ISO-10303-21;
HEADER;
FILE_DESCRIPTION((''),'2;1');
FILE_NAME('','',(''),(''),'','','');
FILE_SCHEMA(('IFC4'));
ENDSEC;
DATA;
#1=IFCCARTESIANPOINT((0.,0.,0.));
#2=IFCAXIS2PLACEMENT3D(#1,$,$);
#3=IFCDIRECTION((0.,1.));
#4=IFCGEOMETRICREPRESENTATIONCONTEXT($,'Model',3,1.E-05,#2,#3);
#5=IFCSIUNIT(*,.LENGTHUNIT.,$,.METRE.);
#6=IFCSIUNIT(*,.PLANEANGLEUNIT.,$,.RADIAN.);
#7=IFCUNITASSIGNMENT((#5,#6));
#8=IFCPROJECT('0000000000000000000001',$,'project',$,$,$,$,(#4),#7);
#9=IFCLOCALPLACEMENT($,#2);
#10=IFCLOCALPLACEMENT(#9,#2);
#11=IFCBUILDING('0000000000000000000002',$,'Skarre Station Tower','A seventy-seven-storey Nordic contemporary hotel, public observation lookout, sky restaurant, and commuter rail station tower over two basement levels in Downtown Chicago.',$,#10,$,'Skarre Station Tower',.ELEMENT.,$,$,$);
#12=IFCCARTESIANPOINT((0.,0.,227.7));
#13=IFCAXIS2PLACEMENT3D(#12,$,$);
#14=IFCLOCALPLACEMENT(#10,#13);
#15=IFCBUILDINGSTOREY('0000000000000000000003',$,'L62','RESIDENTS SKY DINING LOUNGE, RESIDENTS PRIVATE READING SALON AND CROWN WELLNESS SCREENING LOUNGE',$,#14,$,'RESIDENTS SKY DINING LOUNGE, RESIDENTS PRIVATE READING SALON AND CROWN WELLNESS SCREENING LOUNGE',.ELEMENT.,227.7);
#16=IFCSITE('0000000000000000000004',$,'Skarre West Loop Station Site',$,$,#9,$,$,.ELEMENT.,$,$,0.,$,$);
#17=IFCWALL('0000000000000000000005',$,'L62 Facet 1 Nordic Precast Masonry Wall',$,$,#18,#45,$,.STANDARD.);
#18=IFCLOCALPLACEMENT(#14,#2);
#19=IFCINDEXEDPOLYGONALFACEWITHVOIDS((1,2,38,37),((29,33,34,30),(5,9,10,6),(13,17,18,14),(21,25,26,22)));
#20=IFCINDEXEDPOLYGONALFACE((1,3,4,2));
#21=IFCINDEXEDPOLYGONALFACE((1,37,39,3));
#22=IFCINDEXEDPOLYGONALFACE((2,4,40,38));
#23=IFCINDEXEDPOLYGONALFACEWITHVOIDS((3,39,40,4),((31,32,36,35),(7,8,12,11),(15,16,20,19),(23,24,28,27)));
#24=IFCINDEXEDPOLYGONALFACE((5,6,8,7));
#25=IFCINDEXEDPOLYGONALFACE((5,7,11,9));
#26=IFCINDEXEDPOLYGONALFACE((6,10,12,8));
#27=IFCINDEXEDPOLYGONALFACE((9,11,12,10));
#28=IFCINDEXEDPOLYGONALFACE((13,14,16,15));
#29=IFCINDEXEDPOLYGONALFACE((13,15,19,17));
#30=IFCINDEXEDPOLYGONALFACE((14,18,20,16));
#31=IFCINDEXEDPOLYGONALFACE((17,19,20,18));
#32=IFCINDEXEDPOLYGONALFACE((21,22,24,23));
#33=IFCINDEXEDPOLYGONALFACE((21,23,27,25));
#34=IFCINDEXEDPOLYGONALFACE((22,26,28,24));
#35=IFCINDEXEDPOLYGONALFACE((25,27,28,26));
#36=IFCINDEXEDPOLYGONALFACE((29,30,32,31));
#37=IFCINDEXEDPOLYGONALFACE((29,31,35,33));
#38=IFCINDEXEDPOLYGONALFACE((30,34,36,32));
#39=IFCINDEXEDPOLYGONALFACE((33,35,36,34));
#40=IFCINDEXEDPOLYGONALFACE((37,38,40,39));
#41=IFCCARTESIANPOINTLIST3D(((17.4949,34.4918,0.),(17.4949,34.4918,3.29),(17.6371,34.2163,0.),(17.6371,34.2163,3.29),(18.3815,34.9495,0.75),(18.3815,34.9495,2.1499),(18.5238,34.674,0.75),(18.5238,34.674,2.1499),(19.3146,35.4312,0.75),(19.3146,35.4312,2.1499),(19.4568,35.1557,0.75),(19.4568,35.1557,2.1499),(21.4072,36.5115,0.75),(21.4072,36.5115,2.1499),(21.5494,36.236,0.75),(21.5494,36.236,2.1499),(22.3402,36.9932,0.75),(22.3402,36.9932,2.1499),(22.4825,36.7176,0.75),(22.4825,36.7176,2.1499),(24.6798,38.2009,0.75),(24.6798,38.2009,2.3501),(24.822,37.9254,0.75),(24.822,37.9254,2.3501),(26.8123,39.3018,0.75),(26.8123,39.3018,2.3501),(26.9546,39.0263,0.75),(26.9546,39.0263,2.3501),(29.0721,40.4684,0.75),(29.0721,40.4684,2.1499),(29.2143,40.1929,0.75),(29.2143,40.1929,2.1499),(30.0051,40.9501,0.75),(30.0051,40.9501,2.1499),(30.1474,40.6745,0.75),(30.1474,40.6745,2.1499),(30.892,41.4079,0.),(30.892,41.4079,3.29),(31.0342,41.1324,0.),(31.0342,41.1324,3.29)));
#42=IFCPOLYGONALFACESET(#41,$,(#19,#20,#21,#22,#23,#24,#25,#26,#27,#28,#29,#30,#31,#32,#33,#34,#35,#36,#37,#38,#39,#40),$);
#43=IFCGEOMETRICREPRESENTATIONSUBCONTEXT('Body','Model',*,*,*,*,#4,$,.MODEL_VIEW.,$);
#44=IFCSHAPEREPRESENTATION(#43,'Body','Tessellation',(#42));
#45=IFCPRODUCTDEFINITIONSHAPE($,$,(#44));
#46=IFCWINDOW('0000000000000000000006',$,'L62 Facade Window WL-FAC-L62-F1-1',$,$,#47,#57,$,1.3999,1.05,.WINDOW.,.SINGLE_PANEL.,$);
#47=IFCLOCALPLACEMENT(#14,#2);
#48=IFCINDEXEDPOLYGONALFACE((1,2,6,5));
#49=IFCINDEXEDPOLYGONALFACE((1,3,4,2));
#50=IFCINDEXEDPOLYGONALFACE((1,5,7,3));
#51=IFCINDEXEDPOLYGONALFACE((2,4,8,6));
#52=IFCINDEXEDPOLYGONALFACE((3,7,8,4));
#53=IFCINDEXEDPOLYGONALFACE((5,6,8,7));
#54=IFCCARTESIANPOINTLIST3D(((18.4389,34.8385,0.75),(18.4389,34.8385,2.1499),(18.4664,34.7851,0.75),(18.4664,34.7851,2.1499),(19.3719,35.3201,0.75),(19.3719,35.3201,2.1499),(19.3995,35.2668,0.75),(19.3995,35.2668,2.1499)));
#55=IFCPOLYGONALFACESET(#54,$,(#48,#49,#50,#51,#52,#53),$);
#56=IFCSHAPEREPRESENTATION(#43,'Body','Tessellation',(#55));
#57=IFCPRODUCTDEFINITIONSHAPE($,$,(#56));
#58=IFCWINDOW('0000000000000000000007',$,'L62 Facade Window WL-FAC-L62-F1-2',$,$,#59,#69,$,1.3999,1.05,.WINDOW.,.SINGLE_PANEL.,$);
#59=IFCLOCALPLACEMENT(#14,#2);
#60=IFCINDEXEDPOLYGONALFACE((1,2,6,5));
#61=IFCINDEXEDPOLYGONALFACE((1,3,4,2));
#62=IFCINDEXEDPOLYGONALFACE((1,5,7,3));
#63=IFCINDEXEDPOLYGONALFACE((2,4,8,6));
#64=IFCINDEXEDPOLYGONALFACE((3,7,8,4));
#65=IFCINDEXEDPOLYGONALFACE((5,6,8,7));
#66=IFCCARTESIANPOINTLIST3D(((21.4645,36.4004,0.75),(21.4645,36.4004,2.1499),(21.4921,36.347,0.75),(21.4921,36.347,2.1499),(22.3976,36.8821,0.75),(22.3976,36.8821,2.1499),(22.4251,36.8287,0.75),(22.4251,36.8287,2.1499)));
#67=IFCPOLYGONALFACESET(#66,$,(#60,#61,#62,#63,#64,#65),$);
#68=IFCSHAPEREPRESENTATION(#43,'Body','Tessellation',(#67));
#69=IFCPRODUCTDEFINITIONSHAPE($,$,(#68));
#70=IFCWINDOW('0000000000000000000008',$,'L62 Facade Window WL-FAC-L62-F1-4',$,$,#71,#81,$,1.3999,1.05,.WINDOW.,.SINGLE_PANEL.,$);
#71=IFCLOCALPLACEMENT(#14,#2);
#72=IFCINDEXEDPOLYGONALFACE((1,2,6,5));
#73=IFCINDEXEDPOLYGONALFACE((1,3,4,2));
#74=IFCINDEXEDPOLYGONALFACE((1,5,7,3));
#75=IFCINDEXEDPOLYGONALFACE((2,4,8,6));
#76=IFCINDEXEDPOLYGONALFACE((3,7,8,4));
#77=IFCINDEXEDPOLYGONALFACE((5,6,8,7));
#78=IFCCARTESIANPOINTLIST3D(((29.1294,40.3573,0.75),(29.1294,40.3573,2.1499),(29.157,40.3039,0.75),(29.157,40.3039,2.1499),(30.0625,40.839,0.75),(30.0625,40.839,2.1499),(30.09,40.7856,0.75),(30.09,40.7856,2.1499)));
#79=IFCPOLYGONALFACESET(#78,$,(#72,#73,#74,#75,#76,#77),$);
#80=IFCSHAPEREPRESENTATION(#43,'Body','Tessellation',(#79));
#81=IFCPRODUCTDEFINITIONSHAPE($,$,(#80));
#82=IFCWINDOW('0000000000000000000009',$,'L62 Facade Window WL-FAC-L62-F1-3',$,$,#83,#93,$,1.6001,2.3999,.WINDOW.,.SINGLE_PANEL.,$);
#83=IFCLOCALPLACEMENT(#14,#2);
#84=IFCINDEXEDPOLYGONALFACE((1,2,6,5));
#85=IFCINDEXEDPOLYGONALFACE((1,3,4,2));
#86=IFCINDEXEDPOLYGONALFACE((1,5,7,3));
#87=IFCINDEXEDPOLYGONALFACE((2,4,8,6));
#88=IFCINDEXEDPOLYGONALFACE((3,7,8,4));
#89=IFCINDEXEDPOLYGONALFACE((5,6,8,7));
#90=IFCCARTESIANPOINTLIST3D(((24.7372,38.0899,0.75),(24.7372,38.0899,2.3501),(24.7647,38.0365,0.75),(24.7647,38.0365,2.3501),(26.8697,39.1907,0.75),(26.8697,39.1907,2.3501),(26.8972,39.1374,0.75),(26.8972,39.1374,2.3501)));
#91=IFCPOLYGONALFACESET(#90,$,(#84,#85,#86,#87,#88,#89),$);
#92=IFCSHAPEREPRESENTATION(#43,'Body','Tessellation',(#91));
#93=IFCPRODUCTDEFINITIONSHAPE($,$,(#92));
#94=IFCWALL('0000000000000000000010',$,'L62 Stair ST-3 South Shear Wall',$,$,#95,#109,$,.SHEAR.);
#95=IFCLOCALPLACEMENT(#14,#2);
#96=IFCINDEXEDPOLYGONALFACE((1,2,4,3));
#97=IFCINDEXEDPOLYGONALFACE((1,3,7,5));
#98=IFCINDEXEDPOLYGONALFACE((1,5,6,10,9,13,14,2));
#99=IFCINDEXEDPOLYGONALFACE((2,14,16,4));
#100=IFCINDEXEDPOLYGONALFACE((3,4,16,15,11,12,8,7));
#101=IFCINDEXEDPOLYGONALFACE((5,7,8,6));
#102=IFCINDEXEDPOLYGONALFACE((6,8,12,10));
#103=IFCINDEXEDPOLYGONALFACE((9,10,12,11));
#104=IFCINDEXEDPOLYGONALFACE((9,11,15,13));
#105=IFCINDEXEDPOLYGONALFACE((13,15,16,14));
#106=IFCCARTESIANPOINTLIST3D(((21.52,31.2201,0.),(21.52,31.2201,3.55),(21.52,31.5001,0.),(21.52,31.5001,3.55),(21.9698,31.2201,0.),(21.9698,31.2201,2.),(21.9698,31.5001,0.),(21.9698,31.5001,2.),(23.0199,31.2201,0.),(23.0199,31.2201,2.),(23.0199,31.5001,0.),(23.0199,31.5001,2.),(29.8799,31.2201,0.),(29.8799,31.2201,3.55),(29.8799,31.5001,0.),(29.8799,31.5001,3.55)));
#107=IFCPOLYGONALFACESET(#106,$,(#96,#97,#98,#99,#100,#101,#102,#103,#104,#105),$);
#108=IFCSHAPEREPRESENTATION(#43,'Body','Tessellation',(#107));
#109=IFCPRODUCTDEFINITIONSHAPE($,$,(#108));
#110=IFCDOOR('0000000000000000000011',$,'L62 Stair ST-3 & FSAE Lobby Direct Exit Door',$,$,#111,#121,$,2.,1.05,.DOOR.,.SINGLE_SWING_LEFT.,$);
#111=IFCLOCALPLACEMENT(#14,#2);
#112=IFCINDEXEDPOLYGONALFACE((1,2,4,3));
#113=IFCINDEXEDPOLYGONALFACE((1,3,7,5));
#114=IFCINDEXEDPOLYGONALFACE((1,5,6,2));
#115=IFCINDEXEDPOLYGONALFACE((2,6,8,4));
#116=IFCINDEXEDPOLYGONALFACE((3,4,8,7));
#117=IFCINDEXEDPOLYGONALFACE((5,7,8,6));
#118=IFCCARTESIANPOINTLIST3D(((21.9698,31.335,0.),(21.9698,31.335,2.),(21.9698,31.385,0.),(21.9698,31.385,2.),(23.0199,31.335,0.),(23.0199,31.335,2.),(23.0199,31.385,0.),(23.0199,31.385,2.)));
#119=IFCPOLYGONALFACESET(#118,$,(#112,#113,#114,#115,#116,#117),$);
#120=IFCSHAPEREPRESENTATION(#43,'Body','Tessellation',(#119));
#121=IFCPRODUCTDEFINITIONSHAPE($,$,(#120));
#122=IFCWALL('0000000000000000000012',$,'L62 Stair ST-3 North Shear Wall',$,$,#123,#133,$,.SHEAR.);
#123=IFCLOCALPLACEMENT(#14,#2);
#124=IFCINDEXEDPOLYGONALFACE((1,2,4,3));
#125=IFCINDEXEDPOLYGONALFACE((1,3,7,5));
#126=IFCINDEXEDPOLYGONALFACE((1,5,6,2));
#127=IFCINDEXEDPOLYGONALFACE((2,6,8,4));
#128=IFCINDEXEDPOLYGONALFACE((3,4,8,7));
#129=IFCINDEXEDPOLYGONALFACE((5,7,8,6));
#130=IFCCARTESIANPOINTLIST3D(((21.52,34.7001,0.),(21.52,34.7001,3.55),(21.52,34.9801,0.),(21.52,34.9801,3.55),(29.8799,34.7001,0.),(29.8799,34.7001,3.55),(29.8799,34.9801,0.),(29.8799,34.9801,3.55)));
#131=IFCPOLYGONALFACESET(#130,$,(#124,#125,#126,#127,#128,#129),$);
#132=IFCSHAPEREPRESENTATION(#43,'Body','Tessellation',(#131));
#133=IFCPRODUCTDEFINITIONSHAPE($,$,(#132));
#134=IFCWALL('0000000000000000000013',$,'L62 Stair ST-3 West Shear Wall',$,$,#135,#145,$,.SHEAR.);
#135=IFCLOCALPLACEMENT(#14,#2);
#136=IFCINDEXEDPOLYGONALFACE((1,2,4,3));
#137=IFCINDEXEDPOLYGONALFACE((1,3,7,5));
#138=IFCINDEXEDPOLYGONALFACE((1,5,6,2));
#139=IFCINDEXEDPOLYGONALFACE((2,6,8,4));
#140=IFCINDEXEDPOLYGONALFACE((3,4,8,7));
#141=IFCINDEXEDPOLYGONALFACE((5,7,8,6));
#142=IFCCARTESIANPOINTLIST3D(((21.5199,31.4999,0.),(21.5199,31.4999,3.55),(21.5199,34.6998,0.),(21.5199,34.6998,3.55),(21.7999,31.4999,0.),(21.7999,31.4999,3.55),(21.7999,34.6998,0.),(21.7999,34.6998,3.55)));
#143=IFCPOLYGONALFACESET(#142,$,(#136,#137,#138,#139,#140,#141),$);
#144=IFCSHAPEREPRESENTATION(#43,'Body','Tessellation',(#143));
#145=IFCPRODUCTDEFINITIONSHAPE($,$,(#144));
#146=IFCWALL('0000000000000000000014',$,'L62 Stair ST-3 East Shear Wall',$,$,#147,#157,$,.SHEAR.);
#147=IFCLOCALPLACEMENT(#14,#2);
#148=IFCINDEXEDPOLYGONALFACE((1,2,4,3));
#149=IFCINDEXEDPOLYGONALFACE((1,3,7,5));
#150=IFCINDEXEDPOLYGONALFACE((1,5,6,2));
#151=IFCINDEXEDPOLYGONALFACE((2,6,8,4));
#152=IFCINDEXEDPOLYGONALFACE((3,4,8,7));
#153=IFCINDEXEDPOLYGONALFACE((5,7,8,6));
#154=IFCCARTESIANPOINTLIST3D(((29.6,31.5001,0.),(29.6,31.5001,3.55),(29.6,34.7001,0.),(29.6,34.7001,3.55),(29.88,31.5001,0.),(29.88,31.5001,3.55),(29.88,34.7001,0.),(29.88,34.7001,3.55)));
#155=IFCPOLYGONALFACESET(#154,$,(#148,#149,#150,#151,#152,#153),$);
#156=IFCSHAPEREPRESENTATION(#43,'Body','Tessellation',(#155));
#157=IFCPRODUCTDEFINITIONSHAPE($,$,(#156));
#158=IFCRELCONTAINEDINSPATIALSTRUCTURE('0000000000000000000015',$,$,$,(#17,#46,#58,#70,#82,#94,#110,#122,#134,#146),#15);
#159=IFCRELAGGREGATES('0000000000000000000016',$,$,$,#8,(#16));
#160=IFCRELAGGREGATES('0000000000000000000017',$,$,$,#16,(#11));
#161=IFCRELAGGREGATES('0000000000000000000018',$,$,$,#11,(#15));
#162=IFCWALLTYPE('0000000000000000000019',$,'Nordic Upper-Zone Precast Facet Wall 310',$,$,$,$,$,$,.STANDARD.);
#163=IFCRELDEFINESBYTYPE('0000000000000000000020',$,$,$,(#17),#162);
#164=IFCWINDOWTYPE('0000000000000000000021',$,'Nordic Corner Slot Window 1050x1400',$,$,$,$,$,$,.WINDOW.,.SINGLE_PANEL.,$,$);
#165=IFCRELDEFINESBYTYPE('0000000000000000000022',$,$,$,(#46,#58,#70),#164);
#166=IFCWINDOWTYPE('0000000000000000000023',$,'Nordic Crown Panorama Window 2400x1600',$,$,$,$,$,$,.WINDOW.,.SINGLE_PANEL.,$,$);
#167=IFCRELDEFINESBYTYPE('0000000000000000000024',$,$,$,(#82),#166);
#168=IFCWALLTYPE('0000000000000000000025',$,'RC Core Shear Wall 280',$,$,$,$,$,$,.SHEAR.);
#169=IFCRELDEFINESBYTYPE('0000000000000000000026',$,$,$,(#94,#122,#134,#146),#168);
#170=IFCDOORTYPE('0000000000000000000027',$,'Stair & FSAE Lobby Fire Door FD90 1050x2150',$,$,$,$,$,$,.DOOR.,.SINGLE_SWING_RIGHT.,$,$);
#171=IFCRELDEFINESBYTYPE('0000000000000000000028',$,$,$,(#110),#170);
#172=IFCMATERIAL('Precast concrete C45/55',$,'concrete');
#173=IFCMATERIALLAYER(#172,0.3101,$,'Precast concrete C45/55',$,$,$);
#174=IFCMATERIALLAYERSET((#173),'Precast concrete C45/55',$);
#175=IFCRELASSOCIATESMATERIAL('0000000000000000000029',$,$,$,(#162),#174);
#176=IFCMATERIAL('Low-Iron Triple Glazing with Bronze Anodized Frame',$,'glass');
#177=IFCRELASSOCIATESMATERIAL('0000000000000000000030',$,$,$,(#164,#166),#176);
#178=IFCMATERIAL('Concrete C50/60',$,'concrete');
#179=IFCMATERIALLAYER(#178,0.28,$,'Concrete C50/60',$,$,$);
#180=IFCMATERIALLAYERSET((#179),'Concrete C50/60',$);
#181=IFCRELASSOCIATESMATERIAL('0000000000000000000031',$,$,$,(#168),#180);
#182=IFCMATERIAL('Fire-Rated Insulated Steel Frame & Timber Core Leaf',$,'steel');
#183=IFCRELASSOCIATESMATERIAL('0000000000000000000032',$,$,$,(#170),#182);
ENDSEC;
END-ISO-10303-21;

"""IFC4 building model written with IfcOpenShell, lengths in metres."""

from ifc_helpers import new_model, si_unit, direction, frame, frame_2d, origin, place, context, subcontext, project, spatial, rectangle, extrude, material, layer, layer_set, type_object, element, fill, save


model = new_model("IFC4")

# Units and contexts
model_context = context("Model", 3, precision=1e-05, world=origin(), true_north=direction((0.0, 1.0)))
body_context = subcontext(model_context, "Body", "Model", "MODEL_VIEW")
ifc_project = project(units=[si_unit("LENGTHUNIT", "METRE"), si_unit("PLANEANGLEUNIT", "RADIAN")], contexts=[model_context])

# Site, building, storey
site_placement = place(None, origin())
site = spatial("IfcSite", under=ifc_project, at=site_placement, Name="Skarre West Loop Station Site", CompositionType="ELEMENT", RefElevation=0.0)
building_placement = place(site_placement, origin())
building = spatial("IfcBuilding", under=site, at=building_placement, Name="Skarre Station Tower", Description="A seventy-seven-storey Nordic contemporary hotel, public observation lookout, sky restaurant, and commuter rail station tower over two basement levels in Downtown Chicago.", LongName="Skarre Station Tower", CompositionType="ELEMENT")
storey_placement = place(building_placement, frame((0.0, 0.0, 227.7)))
storey = spatial("IfcBuildingStorey", under=building, at=storey_placement, Name="L62", Description="RESIDENTS SKY DINING LOUNGE, RESIDENTS PRIVATE READING SALON AND CROWN WELLNESS SCREENING LOUNGE", LongName="RESIDENTS SKY DINING LOUNGE, RESIDENTS PRIVATE READING SALON AND CROWN WELLNESS SCREENING LOUNGE", CompositionType="ELEMENT", Elevation=227.7)

# Shared definitions
ifc_material_1 = material(Name="Concrete C50/60", Category="concrete")

# Shared definitions
ifc_material_2 = material(Name="Precast concrete C45/55", Category="concrete")

# Wall, openings, windows
ifc_layer_1 = layer(ifc_material_2, 0.3101, Name="Precast concrete C45/55")
ifc_layer_set_1 = layer_set([ifc_layer_1], Name="Precast concrete C45/55")
wall_type_1 = type_object("IfcWallType", Name="Nordic Upper-Zone Precast Facet Wall 310", PredefinedType="STANDARD", material=ifc_layer_set_1)
wall_1_placement = place(storey_placement, frame((17.5659, 34.354, 0.0), z_axis=(0.0, 0.0, 1.0), x_axis=(0.888581, 0.458719, 0.0)))
wall_1 = element("IfcWall", 1, at=wall_1_placement, inside=storey, type_object=wall_type_1, Name="L62 Facet 1 Nordic Precast Masonry Wall", PredefinedType="STANDARD", context=body_context, shape_type="SweptSolid", body=[
    extrude(rectangle(XDim=15.0769, YDim=0.3101, at=frame_2d((7.5386, 0.0))), origin(), (0.0, 0.0, 1.0), 3.29),
])
opening_1_placement = place(wall_1_placement, frame((0.998, 0.0, 0.75)))
opening_1 = element("IfcOpeningElement", 2, at=opening_1_placement, cuts=wall_1, PredefinedType="OPENING", context=body_context, shape_type="SweptSolid", body=[
    extrude(rectangle(XDim=1.05, YDim=1.3999, at=frame_2d((0.5249, 0.7))), frame((0.0, 0.165, 0.0), z_axis=(0.0, -1.0, 0.0), x_axis=(1.0, 0.0, 0.0)), (0.0, 0.0, 1.0), 0.3301),
])
opening_2_placement = place(wall_1_placement, frame((4.4031, 0.0, 0.75)))
opening_2 = element("IfcOpeningElement", 3, at=opening_2_placement, cuts=wall_1, PredefinedType="OPENING", context=body_context, shape_type="SweptSolid", body=[
    extrude(rectangle(XDim=1.05, YDim=1.3999, at=frame_2d((0.5249, 0.7))), frame((0.0, 0.165, 0.0), z_axis=(0.0, -1.0, 0.0), x_axis=(1.0, 0.0, 0.0)), (0.0, 0.0, 1.0), 0.3301),
])
opening_3_placement = place(wall_1_placement, frame((8.0859, 0.0, 0.75)))
opening_3 = element("IfcOpeningElement", 4, at=opening_3_placement, cuts=wall_1, PredefinedType="OPENING", context=body_context, shape_type="SweptSolid", body=[
    extrude(rectangle(XDim=2.3999, YDim=1.6001, at=frame_2d((1.2, 0.8))), frame((0.0, 0.165, 0.0), z_axis=(0.0, -1.0, 0.0), x_axis=(1.0, 0.0, 0.0)), (0.0, 0.0, 1.0), 0.3301),
])
opening_4_placement = place(wall_1_placement, frame((13.0291, 0.0, 0.75)))
opening_4 = element("IfcOpeningElement", 5, at=opening_4_placement, cuts=wall_1, PredefinedType="OPENING", context=body_context, shape_type="SweptSolid", body=[
    extrude(rectangle(XDim=1.05, YDim=1.3999, at=frame_2d((0.5249, 0.7))), frame((0.0, 0.165, 0.0), z_axis=(0.0, -1.0, 0.0), x_axis=(1.0, 0.0, 0.0)), (0.0, 0.0, 1.0), 0.3301),
])
ifc_material_3 = material(Name="Low-Iron Triple Glazing with Bronze Anodized Frame", Category="glass")
window_type_1 = type_object("IfcWindowType", Name="Nordic Corner Slot Window 1050x1400", PartitioningType="SINGLE_PANEL", PredefinedType="WINDOW", material=ifc_material_3)
window_1_placement = place(opening_1_placement, origin())
window_1 = element("IfcWindow", 6, at=window_1_placement, inside=storey, type_object=window_type_1, Name="L62 Facade Window WL-FAC-L62-F1-1", OverallHeight=1.3999, OverallWidth=1.05, PartitioningType="SINGLE_PANEL", PredefinedType="WINDOW", context=body_context, shape_type="SweptSolid", body=[
    extrude(rectangle(XDim=1.05, YDim=1.3999, at=frame_2d((0.5249, 0.7))), frame((0.0, 0.03, 0.0), z_axis=(0.0, -1.0, 0.0), x_axis=(1.0, 0.0, 0.0)), (0.0, 0.0, 1.0), 0.0601),
])
fill(opening_1, window_1)
window_2_placement = place(opening_2_placement, origin())
window_2 = element("IfcWindow", 7, at=window_2_placement, inside=storey, type_object=window_type_1, Name="L62 Facade Window WL-FAC-L62-F1-2", OverallHeight=1.3999, OverallWidth=1.05, PartitioningType="SINGLE_PANEL", PredefinedType="WINDOW", context=body_context, shape_type="SweptSolid", body=[
    extrude(rectangle(XDim=1.05, YDim=1.3999, at=frame_2d((0.5249, 0.7))), frame((0.0, 0.03, 0.0), z_axis=(0.0, -1.0, 0.0), x_axis=(1.0, 0.0, 0.0)), (0.0, 0.0, 1.0), 0.0601),
])
fill(opening_2, window_2)
window_3_placement = place(opening_4_placement, origin())
window_3 = element("IfcWindow", 8, at=window_3_placement, inside=storey, type_object=window_type_1, Name="L62 Facade Window WL-FAC-L62-F1-4", OverallHeight=1.3999, OverallWidth=1.05, PartitioningType="SINGLE_PANEL", PredefinedType="WINDOW", context=body_context, shape_type="SweptSolid", body=[
    extrude(rectangle(XDim=1.05, YDim=1.3999, at=frame_2d((0.5249, 0.7))), frame((0.0, 0.03, 0.0), z_axis=(0.0, -1.0, 0.0), x_axis=(1.0, 0.0, 0.0)), (0.0, 0.0, 1.0), 0.0601),
])
fill(opening_4, window_3)
window_type_2 = type_object("IfcWindowType", Name="Nordic Crown Panorama Window 2400x1600", PartitioningType="SINGLE_PANEL", PredefinedType="WINDOW", material=ifc_material_3)
window_4_placement = place(opening_3_placement, origin())
window_4 = element("IfcWindow", 9, at=window_4_placement, inside=storey, type_object=window_type_2, Name="L62 Facade Window WL-FAC-L62-F1-3", OverallHeight=1.6001, OverallWidth=2.3999, PartitioningType="SINGLE_PANEL", PredefinedType="WINDOW", context=body_context, shape_type="SweptSolid", body=[
    extrude(rectangle(XDim=2.3999, YDim=1.6001, at=frame_2d((1.2, 0.8))), frame((0.0, 0.03, 0.0), z_axis=(0.0, -1.0, 0.0), x_axis=(1.0, 0.0, 0.0)), (0.0, 0.0, 1.0), 0.0601),
])
fill(opening_3, window_4)

# Wall, opening, door
ifc_layer_2 = layer(ifc_material_1, 0.28, Name="Concrete C50/60")
ifc_layer_set_2 = layer_set([ifc_layer_2], Name="Concrete C50/60")
wall_type_2 = type_object("IfcWallType", Name="RC Core Shear Wall 280", PredefinedType="SHEAR", material=ifc_layer_set_2)
wall_2_placement = place(storey_placement, frame((21.52, 31.3601, 0.0), z_axis=(0.0, 0.0, 1.0), x_axis=(1.0, 0.0, 0.0)))
wall_2 = element("IfcWall", 10, at=wall_2_placement, inside=storey, type_object=wall_type_2, Name="L62 Stair ST-3 South Shear Wall", PredefinedType="SHEAR", context=body_context, shape_type="SweptSolid", body=[
    extrude(rectangle(XDim=8.3599, YDim=0.28, at=frame_2d((4.1799, 0.0))), origin(), (0.0, 0.0, 1.0), 3.55),
])
opening_5_placement = place(wall_2_placement, frame((0.45, 0.0, 0.0)))
opening_5 = element("IfcOpeningElement", 11, at=opening_5_placement, cuts=wall_2, PredefinedType="OPENING", context=body_context, shape_type="SweptSolid", body=[
    extrude(rectangle(XDim=1.05, YDim=2.0, at=frame_2d((0.5249, 1.0))), frame((0.0, 0.1499, 0.0), z_axis=(0.0, -1.0, 0.0), x_axis=(1.0, 0.0, 0.0)), (0.0, 0.0, 1.0), 0.3),
])
ifc_material_4 = material(Name="Fire-Rated Insulated Steel Frame & Timber Core Leaf", Category="steel")
door_type_1 = type_object("IfcDoorType", Name="Stair & FSAE Lobby Fire Door FD90 1050x2150", OperationType="SINGLE_SWING_RIGHT", PredefinedType="DOOR", material=ifc_material_4)
door_1_placement = place(opening_5_placement, origin())
door_1 = element("IfcDoor", 12, at=door_1_placement, inside=storey, type_object=door_type_1, Name="L62 Stair ST-3 & FSAE Lobby Direct Exit Door", OperationType="SINGLE_SWING_LEFT", OverallHeight=2.0, OverallWidth=1.05, PredefinedType="DOOR", context=body_context, shape_type="SweptSolid", body=[
    extrude(rectangle(XDim=1.05, YDim=2.0, at=frame_2d((0.5249, 1.0))), frame((0.0, 0.0249, 0.0), z_axis=(0.0, -1.0, 0.0), x_axis=(1.0, 0.0, 0.0)), (0.0, 0.0, 1.0), 0.05),
])
fill(opening_5, door_1)

# Walls
wall_3_placement = place(storey_placement, frame((29.8799, 34.8401, 0.0), z_axis=(0.0, 0.0, 1.0), x_axis=(-1.0, 0.0, 0.0)))
element("IfcWall", 13, at=wall_3_placement, inside=storey, type_object=wall_type_2, Name="L62 Stair ST-3 North Shear Wall", PredefinedType="SHEAR", context=body_context, shape_type="SweptSolid", body=[
    extrude(rectangle(XDim=8.3599, YDim=0.28, at=frame_2d((4.1799, 0.0))), origin(), (0.0, 0.0, 1.0), 3.55),
])
for number, where, z_axis, x_axis, name in (
    (14, (21.6599, 34.7, 0.0), (0.0, 0.0, 1.0), (0.0, -1.0, 0.0), "L62 Stair ST-3 West Shear Wall"),
    (15, (29.74, 31.5, 0.0), (0.0, 0.0, 1.0), (0.0, 1.0, 0.0), "L62 Stair ST-3 East Shear Wall"),
):
    element("IfcWall", number, at=place(storey_placement, frame(where, z_axis=z_axis, x_axis=x_axis)), inside=storey, type_object=wall_type_2, Name=name, PredefinedType="SHEAR", context=body_context, shape_type="SweptSolid", body=[
        extrude(rectangle(XDim=3.2, YDim=0.28, at=frame_2d((1.6001, 0.0))), origin(), (0.0, 0.0, 1.0), 3.55),
    ])

save(model, "model.ifc")
